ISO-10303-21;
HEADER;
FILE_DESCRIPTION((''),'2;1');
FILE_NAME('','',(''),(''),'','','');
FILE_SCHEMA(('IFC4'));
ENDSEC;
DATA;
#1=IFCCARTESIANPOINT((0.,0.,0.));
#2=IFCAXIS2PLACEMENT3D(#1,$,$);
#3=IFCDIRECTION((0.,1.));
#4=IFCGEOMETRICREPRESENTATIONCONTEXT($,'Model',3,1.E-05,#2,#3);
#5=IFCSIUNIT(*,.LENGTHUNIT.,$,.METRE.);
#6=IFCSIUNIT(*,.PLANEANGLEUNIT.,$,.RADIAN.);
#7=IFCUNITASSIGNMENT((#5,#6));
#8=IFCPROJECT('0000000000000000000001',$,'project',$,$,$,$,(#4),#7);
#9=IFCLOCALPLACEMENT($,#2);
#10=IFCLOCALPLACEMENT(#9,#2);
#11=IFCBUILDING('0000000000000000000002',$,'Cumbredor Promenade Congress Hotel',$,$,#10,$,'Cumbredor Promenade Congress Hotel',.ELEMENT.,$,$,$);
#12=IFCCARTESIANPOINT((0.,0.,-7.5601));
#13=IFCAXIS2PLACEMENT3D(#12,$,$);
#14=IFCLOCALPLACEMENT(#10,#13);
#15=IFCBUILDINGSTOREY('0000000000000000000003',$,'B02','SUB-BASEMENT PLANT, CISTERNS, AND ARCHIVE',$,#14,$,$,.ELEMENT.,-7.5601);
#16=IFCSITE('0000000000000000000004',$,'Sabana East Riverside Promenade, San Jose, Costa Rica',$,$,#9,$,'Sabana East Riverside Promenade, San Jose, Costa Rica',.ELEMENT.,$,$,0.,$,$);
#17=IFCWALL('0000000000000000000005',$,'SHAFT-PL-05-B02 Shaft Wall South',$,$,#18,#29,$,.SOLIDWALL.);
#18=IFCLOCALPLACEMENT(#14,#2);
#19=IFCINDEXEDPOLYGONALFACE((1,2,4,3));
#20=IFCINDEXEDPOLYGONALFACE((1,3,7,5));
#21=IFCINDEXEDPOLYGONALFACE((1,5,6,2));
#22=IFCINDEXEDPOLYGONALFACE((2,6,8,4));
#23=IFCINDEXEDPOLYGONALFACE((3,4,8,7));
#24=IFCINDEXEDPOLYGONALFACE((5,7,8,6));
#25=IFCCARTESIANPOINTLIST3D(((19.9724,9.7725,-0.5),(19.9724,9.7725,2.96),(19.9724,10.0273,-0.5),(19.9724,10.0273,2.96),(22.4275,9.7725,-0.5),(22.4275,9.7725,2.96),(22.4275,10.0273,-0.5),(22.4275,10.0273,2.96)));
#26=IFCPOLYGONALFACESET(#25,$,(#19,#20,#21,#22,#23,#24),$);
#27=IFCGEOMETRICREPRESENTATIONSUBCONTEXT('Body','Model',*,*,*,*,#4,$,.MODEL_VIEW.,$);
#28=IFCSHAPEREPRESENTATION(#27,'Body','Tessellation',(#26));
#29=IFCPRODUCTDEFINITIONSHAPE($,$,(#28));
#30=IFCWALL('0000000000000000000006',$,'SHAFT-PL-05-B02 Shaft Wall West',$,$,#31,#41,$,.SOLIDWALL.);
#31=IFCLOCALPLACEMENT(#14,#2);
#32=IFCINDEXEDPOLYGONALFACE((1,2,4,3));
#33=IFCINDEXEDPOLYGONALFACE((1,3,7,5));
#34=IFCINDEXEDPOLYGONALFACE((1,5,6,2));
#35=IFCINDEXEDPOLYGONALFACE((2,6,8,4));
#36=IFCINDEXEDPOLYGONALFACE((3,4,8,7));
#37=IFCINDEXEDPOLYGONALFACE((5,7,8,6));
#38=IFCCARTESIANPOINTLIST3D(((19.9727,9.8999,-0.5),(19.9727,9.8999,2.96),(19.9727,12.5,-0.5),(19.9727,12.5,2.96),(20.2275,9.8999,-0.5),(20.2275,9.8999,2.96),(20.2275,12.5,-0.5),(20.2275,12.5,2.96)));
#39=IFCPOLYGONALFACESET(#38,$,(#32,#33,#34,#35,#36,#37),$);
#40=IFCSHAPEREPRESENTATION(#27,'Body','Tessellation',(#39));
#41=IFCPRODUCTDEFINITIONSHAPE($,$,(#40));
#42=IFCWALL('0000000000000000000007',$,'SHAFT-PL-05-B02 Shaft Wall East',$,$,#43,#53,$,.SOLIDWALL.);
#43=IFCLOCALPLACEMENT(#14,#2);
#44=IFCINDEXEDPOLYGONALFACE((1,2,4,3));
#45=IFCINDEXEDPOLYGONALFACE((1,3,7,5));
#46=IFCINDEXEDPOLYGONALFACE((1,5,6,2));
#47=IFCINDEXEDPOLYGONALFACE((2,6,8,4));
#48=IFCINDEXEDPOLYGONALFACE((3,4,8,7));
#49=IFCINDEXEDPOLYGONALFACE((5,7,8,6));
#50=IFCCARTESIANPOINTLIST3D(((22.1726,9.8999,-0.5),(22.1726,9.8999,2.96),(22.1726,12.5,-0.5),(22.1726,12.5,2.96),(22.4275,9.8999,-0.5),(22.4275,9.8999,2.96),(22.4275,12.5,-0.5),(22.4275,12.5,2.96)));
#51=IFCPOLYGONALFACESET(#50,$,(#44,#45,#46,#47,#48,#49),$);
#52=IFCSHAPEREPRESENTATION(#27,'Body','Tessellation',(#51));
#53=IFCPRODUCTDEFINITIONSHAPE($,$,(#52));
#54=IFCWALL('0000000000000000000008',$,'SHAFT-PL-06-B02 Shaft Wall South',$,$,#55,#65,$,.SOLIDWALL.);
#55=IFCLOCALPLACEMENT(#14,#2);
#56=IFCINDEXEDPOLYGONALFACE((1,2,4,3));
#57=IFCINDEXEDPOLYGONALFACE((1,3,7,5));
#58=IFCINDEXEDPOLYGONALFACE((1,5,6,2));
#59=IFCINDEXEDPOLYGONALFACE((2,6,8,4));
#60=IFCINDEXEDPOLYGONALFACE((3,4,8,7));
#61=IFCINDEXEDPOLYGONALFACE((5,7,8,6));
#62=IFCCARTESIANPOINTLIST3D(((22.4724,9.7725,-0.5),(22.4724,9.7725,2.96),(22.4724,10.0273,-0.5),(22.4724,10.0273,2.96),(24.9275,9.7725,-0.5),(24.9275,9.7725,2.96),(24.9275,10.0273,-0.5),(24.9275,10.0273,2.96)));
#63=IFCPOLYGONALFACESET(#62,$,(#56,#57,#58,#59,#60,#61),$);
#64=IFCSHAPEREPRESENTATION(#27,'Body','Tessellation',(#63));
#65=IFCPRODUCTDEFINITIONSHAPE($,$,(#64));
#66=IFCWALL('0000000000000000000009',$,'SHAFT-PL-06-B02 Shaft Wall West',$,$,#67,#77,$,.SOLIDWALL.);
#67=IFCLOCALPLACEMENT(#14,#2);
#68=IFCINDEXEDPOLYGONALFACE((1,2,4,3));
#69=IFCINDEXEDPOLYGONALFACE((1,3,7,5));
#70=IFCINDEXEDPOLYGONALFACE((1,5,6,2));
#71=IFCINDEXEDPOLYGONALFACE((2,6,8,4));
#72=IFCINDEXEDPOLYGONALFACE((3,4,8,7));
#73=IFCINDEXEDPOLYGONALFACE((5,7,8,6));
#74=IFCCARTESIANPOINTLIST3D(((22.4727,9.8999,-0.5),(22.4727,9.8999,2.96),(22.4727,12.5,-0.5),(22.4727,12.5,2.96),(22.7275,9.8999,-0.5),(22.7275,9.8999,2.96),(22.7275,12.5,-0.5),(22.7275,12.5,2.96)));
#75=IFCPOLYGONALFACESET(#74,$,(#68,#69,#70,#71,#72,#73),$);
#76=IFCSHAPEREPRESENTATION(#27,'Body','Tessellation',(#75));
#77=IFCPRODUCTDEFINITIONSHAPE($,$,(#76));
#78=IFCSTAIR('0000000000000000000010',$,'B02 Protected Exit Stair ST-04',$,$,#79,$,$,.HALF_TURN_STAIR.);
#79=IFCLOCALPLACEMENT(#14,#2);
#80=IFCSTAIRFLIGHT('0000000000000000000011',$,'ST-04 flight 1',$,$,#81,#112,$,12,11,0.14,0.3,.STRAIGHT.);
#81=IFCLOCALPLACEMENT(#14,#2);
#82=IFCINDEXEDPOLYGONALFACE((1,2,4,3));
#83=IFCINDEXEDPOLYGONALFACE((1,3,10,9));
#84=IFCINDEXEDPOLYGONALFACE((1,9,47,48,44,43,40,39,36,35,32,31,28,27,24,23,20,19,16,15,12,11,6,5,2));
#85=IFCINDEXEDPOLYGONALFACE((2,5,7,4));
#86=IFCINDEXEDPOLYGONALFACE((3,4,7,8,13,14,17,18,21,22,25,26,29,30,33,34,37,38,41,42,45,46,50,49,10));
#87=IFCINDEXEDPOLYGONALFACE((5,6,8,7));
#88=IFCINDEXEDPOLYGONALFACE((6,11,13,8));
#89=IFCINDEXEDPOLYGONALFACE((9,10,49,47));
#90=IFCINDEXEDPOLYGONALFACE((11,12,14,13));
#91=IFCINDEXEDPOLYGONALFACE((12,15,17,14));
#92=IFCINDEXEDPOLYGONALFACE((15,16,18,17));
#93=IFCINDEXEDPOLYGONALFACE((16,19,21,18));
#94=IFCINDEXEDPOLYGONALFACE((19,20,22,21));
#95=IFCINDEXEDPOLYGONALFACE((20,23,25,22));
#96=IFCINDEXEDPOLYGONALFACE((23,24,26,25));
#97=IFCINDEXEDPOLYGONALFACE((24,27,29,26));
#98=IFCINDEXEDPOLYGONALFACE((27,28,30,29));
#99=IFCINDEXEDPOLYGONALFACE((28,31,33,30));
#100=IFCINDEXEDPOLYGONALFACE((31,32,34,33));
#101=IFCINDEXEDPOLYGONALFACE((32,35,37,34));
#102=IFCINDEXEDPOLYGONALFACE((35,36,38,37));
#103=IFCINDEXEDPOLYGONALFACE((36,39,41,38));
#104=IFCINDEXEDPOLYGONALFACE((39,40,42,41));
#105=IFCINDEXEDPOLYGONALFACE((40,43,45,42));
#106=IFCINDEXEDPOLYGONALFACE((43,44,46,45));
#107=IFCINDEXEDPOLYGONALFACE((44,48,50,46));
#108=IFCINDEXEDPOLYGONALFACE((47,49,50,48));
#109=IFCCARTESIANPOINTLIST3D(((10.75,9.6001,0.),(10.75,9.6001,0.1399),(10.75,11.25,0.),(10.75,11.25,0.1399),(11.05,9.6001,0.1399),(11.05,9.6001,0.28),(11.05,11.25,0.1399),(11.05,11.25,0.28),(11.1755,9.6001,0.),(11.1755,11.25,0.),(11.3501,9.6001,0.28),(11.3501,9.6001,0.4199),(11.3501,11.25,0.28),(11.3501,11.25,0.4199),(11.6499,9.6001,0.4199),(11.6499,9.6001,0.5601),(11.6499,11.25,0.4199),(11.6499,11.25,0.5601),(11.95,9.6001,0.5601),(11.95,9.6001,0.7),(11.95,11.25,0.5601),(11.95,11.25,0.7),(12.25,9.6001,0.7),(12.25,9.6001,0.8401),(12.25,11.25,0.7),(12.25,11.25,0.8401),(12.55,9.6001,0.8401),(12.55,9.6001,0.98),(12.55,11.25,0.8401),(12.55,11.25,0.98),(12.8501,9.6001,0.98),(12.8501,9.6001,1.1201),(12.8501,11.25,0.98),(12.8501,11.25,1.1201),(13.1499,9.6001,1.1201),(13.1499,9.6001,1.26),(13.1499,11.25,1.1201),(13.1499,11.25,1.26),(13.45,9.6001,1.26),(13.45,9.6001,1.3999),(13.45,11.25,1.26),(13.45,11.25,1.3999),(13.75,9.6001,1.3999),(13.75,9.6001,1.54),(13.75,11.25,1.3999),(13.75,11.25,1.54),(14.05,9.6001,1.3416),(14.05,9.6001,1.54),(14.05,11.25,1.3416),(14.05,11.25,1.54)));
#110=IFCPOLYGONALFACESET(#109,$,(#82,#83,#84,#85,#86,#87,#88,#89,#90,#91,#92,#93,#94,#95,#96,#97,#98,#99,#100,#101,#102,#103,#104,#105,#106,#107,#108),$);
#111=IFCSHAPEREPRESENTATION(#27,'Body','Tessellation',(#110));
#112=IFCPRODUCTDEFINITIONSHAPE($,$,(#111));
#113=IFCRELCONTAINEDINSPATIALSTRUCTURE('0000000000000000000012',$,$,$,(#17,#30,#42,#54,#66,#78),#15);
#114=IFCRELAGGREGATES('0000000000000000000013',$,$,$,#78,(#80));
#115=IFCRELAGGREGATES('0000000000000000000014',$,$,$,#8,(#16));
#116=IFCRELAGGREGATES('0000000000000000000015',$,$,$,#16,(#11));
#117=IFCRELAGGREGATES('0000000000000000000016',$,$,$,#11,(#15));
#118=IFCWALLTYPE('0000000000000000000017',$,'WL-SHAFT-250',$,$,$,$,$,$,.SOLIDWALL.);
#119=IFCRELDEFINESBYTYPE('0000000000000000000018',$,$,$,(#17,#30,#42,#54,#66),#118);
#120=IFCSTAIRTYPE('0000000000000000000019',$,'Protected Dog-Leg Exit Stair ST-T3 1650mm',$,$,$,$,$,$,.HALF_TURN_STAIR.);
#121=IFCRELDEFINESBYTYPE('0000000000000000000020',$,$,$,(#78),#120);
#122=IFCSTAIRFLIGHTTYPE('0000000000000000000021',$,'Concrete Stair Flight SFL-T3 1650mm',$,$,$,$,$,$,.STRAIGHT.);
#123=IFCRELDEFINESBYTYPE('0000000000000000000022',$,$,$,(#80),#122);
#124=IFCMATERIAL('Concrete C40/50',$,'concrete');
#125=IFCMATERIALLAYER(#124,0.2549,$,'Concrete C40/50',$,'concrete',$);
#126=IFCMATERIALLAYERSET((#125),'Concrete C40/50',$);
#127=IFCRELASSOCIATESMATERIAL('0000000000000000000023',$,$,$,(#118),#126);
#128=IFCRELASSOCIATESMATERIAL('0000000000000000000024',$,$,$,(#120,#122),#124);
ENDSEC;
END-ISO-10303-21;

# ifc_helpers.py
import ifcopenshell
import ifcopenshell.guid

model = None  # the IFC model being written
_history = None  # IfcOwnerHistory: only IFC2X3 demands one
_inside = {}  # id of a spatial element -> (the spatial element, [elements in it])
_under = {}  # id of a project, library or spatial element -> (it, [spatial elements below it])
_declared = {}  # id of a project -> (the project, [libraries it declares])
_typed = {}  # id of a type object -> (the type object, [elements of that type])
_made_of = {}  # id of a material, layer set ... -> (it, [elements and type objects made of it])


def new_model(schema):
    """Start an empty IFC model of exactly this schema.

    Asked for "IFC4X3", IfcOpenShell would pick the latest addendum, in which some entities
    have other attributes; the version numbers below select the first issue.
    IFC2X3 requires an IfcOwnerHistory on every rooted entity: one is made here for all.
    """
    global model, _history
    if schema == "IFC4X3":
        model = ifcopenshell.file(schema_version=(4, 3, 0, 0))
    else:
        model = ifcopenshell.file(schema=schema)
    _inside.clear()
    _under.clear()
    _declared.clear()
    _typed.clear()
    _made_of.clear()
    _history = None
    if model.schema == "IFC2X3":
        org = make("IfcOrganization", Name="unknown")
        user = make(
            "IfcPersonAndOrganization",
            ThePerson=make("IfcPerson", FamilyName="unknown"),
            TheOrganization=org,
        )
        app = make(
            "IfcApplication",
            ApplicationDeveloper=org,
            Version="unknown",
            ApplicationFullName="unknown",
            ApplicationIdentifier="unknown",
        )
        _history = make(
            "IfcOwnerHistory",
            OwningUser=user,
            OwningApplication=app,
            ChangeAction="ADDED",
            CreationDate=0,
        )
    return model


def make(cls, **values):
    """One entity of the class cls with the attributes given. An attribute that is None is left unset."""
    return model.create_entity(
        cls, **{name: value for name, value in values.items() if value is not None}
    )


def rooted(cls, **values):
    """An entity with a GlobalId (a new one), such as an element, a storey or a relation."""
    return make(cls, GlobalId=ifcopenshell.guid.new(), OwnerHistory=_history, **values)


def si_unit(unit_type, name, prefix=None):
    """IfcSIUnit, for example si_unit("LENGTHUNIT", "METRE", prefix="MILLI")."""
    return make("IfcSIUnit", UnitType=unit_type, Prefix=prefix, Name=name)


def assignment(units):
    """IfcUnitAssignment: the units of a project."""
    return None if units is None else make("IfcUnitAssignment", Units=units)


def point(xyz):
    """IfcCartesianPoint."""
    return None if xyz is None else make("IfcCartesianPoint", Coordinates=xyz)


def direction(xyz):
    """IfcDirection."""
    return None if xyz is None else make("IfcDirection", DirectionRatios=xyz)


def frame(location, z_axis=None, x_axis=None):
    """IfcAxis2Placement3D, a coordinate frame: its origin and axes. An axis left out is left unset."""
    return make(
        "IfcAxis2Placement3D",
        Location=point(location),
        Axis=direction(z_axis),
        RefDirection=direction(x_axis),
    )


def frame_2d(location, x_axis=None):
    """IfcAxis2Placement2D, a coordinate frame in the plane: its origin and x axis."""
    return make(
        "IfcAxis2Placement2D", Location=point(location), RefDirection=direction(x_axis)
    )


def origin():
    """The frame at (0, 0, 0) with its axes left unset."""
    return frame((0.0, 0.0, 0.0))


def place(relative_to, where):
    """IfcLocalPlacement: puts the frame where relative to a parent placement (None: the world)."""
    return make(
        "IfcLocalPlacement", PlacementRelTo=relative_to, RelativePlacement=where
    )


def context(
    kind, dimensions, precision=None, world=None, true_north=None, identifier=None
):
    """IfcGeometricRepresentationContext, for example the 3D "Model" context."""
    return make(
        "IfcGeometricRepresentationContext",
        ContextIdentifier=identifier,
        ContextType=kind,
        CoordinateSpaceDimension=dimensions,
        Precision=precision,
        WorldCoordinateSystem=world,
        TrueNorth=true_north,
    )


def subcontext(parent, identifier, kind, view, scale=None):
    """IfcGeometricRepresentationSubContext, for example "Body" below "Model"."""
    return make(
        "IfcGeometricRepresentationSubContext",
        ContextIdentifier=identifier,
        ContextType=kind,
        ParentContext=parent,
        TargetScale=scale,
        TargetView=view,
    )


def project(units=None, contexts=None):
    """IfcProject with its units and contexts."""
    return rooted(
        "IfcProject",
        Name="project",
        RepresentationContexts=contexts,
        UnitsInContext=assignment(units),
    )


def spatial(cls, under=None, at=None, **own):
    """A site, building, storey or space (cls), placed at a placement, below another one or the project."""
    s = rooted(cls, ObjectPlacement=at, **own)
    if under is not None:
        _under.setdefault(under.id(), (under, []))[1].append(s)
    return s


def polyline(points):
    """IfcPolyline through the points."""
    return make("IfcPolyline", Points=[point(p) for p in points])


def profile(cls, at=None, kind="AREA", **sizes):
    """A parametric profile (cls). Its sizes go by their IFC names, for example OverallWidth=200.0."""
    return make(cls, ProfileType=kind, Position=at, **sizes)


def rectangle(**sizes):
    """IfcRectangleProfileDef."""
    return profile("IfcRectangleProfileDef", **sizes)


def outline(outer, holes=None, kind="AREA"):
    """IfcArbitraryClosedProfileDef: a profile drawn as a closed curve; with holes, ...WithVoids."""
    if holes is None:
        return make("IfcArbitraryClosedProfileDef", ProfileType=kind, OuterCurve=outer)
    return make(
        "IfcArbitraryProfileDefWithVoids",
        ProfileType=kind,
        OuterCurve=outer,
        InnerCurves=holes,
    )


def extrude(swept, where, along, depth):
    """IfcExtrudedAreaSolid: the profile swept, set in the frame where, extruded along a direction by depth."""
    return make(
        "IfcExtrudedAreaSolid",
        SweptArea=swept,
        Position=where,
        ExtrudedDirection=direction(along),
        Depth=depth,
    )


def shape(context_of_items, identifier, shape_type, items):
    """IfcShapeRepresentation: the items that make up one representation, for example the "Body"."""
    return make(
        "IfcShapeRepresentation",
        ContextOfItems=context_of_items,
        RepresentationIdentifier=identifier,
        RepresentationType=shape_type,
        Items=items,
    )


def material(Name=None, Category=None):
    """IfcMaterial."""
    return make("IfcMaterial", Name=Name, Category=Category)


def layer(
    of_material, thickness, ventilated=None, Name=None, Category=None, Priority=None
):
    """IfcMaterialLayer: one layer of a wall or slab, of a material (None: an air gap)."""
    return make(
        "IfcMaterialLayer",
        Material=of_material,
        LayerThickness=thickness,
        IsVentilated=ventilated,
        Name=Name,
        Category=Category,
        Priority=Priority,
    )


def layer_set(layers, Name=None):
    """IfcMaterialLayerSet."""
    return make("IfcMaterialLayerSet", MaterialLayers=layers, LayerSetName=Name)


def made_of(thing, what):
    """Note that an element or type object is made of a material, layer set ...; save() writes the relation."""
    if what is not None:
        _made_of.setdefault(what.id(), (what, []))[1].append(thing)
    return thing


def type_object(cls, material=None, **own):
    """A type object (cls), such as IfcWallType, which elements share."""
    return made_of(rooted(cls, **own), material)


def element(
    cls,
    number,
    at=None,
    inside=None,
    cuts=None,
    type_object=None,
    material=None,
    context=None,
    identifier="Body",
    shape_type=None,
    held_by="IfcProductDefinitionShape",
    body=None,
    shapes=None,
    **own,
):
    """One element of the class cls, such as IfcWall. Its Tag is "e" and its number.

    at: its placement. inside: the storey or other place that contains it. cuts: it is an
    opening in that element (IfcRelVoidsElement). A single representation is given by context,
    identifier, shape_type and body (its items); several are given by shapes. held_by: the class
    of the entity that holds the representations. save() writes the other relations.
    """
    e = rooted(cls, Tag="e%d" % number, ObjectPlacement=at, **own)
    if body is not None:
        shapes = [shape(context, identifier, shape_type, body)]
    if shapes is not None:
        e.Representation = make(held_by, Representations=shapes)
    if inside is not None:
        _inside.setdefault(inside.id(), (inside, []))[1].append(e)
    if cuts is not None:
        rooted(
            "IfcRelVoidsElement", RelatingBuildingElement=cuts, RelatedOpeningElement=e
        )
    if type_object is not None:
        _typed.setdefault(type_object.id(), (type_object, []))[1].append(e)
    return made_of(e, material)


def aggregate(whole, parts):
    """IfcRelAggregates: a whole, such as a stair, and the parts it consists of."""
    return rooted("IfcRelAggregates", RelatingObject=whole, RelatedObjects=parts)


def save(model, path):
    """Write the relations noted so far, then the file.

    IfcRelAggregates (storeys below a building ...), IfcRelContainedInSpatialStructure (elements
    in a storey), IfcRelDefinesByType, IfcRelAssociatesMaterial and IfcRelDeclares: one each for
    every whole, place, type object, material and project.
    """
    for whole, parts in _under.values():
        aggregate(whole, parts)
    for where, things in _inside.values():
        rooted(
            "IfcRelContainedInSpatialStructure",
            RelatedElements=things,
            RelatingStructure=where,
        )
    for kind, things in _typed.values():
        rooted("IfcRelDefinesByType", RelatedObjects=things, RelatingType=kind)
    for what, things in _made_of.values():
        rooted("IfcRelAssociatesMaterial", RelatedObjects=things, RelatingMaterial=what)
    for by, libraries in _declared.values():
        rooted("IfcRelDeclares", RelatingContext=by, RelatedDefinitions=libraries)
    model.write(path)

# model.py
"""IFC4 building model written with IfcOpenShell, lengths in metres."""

from ifc_helpers import new_model, si_unit, direction, frame, frame_2d, origin, place, context, subcontext, project, spatial, polyline, rectangle, outline, extrude, material, layer, layer_set, type_object, element, aggregate, save


model = new_model("IFC4")

# Units and contexts
model_context = context("Model", 3, precision=1e-05, world=origin(), true_north=direction((0.0, 1.0)))
body_context = subcontext(model_context, "Body", "Model", "MODEL_VIEW")
ifc_project = project(units=[si_unit("LENGTHUNIT", "METRE"), si_unit("PLANEANGLEUNIT", "RADIAN")], contexts=[model_context])

# Site, building, storey
site_placement = place(None, origin())
site = spatial("IfcSite", under=ifc_project, at=site_placement, Name="Sabana East Riverside Promenade, San Jose, Costa Rica", LongName="Sabana East Riverside Promenade, San Jose, Costa Rica", CompositionType="ELEMENT", RefElevation=0.0)
building_placement = place(site_placement, origin())
building = spatial("IfcBuilding", under=site, at=building_placement, Name="Cumbredor Promenade Congress Hotel", LongName="Cumbredor Promenade Congress Hotel", CompositionType="ELEMENT")
storey_placement = place(building_placement, frame((0.0, 0.0, -7.5601)))
storey = spatial("IfcBuildingStorey", under=building, at=storey_placement, Name="B02", Description="SUB-BASEMENT PLANT, CISTERNS, AND ARCHIVE", CompositionType="ELEMENT", Elevation=-7.5601)

# Shared definitions
ifc_material_1 = material(Name="Concrete C40/50", Category="concrete")

# Walls
ifc_layer_1 = layer(ifc_material_1, 0.2549, Name="Concrete C40/50", Category="concrete")
ifc_layer_set_1 = layer_set([ifc_layer_1], Name="Concrete C40/50")
wall_type = type_object("IfcWallType", Name="WL-SHAFT-250", PredefinedType="SOLIDWALL", material=ifc_layer_set_1)
wall_1_placement = place(storey_placement, frame((19.9724, 9.8999, -0.5), z_axis=(0.0, 0.0, 1.0), x_axis=(1.0, 0.0, 0.0)))
element("IfcWall", 1, at=wall_1_placement, inside=storey, type_object=wall_type, Name="SHAFT-PL-05-B02 Shaft Wall South", PredefinedType="SOLIDWALL", context=body_context, shape_type="SweptSolid", body=[
    extrude(rectangle(XDim=2.4551, YDim=0.2549, at=frame_2d((1.2275, 0.0))), origin(), (0.0, 0.0, 1.0), 3.46),
])
for number, where, z_axis, x_axis, name in (
    (2, (20.1001, 9.8999, -0.5), (0.0, 0.0, 1.0), (0.0, 1.0, 0.0), "SHAFT-PL-05-B02 Shaft Wall West"),
    (3, (22.3, 9.8999, -0.5), (0.0, 0.0, 1.0), (0.0, 1.0, 0.0), "SHAFT-PL-05-B02 Shaft Wall East"),
):
    element("IfcWall", number, at=place(storey_placement, frame(where, z_axis=z_axis, x_axis=x_axis)), inside=storey, type_object=wall_type, Name=name, PredefinedType="SOLIDWALL", context=body_context, shape_type="SweptSolid", body=[
        extrude(rectangle(XDim=2.6001, YDim=0.2549, at=frame_2d((1.3, 0.0))), origin(), (0.0, 0.0, 1.0), 3.46),
    ])
wall_2_placement = place(storey_placement, frame((22.4724, 9.8999, -0.5), z_axis=(0.0, 0.0, 1.0), x_axis=(1.0, 0.0, 0.0)))
element("IfcWall", 4, at=wall_2_placement, inside=storey, type_object=wall_type, Name="SHAFT-PL-06-B02 Shaft Wall South", PredefinedType="SOLIDWALL", context=body_context, shape_type="SweptSolid", body=[
    extrude(rectangle(XDim=2.4551, YDim=0.2549, at=frame_2d((1.2275, 0.0))), origin(), (0.0, 0.0, 1.0), 3.46),
])
wall_3_placement = place(storey_placement, frame((22.6001, 9.8999, -0.5), z_axis=(0.0, 0.0, 1.0), x_axis=(0.0, 1.0, 0.0)))
element("IfcWall", 5, at=wall_3_placement, inside=storey, type_object=wall_type, Name="SHAFT-PL-06-B02 Shaft Wall West", PredefinedType="SOLIDWALL", context=body_context, shape_type="SweptSolid", body=[
    extrude(rectangle(XDim=2.6001, YDim=0.2549, at=frame_2d((1.3, 0.0))), origin(), (0.0, 0.0, 1.0), 3.46),
])

# Stair, stair flight
stair_type = type_object("IfcStairType", Name="Protected Dog-Leg Exit Stair ST-T3 1650mm", PredefinedType="HALF_TURN_STAIR", material=ifc_material_1)
stair_placement = place(storey_placement, origin())
stair = element("IfcStair", 6, at=stair_placement, inside=storey, type_object=stair_type, Name="B02 Protected Exit Stair ST-04", PredefinedType="HALF_TURN_STAIR")
stair_flight_type = type_object("IfcStairFlightType", Name="Concrete Stair Flight SFL-T3 1650mm", PredefinedType="STRAIGHT", material=ifc_material_1)
stair_flight_placement = place(storey_placement, frame((10.75, 10.425, 0.0), z_axis=(0.0, 0.0, 1.0), x_axis=(1.0, 0.0, 0.0)))
stair_flight = element("IfcStairFlight", 7, at=stair_flight_placement, type_object=stair_flight_type, Name="ST-04 flight 1", NumberOfRisers=12, NumberOfTreads=11, PredefinedType="STRAIGHT", RiserHeight=0.14, TreadLength=0.3, context=body_context, shape_type="SweptSolid", body=[
    extrude(outline(polyline([(0.0, 0.0), (0.0, 0.1399), (0.3, 0.1399), (0.3, 0.28), (0.6001, 0.28), (0.6001, 0.4199), (0.8999, 0.4199), (0.8999, 0.5601), (1.2, 0.5601), (1.2, 0.7), (1.5, 0.7), (1.5, 0.8401), (1.8, 0.8401), (1.8, 0.98), (2.1001, 0.98), (2.1001, 1.1201), (2.3999, 1.1201), (2.3999, 1.26), (2.7, 1.26), (2.7, 1.3999), (3.0, 1.3999), (3.0, 1.54), (3.3, 1.54), (3.3, 1.6799), (3.3, 1.3416), (0.4255, 0.0), (0.0, 0.0)])), frame((0.0, 0.825, 0.0), z_axis=(0.0, -1.0, 0.0), x_axis=(1.0, 0.0, 0.0)), (0.0, 0.0, 1.0), 1.6499),
])
aggregate(stair, [stair_flight])

save(model, "model.ifc")
